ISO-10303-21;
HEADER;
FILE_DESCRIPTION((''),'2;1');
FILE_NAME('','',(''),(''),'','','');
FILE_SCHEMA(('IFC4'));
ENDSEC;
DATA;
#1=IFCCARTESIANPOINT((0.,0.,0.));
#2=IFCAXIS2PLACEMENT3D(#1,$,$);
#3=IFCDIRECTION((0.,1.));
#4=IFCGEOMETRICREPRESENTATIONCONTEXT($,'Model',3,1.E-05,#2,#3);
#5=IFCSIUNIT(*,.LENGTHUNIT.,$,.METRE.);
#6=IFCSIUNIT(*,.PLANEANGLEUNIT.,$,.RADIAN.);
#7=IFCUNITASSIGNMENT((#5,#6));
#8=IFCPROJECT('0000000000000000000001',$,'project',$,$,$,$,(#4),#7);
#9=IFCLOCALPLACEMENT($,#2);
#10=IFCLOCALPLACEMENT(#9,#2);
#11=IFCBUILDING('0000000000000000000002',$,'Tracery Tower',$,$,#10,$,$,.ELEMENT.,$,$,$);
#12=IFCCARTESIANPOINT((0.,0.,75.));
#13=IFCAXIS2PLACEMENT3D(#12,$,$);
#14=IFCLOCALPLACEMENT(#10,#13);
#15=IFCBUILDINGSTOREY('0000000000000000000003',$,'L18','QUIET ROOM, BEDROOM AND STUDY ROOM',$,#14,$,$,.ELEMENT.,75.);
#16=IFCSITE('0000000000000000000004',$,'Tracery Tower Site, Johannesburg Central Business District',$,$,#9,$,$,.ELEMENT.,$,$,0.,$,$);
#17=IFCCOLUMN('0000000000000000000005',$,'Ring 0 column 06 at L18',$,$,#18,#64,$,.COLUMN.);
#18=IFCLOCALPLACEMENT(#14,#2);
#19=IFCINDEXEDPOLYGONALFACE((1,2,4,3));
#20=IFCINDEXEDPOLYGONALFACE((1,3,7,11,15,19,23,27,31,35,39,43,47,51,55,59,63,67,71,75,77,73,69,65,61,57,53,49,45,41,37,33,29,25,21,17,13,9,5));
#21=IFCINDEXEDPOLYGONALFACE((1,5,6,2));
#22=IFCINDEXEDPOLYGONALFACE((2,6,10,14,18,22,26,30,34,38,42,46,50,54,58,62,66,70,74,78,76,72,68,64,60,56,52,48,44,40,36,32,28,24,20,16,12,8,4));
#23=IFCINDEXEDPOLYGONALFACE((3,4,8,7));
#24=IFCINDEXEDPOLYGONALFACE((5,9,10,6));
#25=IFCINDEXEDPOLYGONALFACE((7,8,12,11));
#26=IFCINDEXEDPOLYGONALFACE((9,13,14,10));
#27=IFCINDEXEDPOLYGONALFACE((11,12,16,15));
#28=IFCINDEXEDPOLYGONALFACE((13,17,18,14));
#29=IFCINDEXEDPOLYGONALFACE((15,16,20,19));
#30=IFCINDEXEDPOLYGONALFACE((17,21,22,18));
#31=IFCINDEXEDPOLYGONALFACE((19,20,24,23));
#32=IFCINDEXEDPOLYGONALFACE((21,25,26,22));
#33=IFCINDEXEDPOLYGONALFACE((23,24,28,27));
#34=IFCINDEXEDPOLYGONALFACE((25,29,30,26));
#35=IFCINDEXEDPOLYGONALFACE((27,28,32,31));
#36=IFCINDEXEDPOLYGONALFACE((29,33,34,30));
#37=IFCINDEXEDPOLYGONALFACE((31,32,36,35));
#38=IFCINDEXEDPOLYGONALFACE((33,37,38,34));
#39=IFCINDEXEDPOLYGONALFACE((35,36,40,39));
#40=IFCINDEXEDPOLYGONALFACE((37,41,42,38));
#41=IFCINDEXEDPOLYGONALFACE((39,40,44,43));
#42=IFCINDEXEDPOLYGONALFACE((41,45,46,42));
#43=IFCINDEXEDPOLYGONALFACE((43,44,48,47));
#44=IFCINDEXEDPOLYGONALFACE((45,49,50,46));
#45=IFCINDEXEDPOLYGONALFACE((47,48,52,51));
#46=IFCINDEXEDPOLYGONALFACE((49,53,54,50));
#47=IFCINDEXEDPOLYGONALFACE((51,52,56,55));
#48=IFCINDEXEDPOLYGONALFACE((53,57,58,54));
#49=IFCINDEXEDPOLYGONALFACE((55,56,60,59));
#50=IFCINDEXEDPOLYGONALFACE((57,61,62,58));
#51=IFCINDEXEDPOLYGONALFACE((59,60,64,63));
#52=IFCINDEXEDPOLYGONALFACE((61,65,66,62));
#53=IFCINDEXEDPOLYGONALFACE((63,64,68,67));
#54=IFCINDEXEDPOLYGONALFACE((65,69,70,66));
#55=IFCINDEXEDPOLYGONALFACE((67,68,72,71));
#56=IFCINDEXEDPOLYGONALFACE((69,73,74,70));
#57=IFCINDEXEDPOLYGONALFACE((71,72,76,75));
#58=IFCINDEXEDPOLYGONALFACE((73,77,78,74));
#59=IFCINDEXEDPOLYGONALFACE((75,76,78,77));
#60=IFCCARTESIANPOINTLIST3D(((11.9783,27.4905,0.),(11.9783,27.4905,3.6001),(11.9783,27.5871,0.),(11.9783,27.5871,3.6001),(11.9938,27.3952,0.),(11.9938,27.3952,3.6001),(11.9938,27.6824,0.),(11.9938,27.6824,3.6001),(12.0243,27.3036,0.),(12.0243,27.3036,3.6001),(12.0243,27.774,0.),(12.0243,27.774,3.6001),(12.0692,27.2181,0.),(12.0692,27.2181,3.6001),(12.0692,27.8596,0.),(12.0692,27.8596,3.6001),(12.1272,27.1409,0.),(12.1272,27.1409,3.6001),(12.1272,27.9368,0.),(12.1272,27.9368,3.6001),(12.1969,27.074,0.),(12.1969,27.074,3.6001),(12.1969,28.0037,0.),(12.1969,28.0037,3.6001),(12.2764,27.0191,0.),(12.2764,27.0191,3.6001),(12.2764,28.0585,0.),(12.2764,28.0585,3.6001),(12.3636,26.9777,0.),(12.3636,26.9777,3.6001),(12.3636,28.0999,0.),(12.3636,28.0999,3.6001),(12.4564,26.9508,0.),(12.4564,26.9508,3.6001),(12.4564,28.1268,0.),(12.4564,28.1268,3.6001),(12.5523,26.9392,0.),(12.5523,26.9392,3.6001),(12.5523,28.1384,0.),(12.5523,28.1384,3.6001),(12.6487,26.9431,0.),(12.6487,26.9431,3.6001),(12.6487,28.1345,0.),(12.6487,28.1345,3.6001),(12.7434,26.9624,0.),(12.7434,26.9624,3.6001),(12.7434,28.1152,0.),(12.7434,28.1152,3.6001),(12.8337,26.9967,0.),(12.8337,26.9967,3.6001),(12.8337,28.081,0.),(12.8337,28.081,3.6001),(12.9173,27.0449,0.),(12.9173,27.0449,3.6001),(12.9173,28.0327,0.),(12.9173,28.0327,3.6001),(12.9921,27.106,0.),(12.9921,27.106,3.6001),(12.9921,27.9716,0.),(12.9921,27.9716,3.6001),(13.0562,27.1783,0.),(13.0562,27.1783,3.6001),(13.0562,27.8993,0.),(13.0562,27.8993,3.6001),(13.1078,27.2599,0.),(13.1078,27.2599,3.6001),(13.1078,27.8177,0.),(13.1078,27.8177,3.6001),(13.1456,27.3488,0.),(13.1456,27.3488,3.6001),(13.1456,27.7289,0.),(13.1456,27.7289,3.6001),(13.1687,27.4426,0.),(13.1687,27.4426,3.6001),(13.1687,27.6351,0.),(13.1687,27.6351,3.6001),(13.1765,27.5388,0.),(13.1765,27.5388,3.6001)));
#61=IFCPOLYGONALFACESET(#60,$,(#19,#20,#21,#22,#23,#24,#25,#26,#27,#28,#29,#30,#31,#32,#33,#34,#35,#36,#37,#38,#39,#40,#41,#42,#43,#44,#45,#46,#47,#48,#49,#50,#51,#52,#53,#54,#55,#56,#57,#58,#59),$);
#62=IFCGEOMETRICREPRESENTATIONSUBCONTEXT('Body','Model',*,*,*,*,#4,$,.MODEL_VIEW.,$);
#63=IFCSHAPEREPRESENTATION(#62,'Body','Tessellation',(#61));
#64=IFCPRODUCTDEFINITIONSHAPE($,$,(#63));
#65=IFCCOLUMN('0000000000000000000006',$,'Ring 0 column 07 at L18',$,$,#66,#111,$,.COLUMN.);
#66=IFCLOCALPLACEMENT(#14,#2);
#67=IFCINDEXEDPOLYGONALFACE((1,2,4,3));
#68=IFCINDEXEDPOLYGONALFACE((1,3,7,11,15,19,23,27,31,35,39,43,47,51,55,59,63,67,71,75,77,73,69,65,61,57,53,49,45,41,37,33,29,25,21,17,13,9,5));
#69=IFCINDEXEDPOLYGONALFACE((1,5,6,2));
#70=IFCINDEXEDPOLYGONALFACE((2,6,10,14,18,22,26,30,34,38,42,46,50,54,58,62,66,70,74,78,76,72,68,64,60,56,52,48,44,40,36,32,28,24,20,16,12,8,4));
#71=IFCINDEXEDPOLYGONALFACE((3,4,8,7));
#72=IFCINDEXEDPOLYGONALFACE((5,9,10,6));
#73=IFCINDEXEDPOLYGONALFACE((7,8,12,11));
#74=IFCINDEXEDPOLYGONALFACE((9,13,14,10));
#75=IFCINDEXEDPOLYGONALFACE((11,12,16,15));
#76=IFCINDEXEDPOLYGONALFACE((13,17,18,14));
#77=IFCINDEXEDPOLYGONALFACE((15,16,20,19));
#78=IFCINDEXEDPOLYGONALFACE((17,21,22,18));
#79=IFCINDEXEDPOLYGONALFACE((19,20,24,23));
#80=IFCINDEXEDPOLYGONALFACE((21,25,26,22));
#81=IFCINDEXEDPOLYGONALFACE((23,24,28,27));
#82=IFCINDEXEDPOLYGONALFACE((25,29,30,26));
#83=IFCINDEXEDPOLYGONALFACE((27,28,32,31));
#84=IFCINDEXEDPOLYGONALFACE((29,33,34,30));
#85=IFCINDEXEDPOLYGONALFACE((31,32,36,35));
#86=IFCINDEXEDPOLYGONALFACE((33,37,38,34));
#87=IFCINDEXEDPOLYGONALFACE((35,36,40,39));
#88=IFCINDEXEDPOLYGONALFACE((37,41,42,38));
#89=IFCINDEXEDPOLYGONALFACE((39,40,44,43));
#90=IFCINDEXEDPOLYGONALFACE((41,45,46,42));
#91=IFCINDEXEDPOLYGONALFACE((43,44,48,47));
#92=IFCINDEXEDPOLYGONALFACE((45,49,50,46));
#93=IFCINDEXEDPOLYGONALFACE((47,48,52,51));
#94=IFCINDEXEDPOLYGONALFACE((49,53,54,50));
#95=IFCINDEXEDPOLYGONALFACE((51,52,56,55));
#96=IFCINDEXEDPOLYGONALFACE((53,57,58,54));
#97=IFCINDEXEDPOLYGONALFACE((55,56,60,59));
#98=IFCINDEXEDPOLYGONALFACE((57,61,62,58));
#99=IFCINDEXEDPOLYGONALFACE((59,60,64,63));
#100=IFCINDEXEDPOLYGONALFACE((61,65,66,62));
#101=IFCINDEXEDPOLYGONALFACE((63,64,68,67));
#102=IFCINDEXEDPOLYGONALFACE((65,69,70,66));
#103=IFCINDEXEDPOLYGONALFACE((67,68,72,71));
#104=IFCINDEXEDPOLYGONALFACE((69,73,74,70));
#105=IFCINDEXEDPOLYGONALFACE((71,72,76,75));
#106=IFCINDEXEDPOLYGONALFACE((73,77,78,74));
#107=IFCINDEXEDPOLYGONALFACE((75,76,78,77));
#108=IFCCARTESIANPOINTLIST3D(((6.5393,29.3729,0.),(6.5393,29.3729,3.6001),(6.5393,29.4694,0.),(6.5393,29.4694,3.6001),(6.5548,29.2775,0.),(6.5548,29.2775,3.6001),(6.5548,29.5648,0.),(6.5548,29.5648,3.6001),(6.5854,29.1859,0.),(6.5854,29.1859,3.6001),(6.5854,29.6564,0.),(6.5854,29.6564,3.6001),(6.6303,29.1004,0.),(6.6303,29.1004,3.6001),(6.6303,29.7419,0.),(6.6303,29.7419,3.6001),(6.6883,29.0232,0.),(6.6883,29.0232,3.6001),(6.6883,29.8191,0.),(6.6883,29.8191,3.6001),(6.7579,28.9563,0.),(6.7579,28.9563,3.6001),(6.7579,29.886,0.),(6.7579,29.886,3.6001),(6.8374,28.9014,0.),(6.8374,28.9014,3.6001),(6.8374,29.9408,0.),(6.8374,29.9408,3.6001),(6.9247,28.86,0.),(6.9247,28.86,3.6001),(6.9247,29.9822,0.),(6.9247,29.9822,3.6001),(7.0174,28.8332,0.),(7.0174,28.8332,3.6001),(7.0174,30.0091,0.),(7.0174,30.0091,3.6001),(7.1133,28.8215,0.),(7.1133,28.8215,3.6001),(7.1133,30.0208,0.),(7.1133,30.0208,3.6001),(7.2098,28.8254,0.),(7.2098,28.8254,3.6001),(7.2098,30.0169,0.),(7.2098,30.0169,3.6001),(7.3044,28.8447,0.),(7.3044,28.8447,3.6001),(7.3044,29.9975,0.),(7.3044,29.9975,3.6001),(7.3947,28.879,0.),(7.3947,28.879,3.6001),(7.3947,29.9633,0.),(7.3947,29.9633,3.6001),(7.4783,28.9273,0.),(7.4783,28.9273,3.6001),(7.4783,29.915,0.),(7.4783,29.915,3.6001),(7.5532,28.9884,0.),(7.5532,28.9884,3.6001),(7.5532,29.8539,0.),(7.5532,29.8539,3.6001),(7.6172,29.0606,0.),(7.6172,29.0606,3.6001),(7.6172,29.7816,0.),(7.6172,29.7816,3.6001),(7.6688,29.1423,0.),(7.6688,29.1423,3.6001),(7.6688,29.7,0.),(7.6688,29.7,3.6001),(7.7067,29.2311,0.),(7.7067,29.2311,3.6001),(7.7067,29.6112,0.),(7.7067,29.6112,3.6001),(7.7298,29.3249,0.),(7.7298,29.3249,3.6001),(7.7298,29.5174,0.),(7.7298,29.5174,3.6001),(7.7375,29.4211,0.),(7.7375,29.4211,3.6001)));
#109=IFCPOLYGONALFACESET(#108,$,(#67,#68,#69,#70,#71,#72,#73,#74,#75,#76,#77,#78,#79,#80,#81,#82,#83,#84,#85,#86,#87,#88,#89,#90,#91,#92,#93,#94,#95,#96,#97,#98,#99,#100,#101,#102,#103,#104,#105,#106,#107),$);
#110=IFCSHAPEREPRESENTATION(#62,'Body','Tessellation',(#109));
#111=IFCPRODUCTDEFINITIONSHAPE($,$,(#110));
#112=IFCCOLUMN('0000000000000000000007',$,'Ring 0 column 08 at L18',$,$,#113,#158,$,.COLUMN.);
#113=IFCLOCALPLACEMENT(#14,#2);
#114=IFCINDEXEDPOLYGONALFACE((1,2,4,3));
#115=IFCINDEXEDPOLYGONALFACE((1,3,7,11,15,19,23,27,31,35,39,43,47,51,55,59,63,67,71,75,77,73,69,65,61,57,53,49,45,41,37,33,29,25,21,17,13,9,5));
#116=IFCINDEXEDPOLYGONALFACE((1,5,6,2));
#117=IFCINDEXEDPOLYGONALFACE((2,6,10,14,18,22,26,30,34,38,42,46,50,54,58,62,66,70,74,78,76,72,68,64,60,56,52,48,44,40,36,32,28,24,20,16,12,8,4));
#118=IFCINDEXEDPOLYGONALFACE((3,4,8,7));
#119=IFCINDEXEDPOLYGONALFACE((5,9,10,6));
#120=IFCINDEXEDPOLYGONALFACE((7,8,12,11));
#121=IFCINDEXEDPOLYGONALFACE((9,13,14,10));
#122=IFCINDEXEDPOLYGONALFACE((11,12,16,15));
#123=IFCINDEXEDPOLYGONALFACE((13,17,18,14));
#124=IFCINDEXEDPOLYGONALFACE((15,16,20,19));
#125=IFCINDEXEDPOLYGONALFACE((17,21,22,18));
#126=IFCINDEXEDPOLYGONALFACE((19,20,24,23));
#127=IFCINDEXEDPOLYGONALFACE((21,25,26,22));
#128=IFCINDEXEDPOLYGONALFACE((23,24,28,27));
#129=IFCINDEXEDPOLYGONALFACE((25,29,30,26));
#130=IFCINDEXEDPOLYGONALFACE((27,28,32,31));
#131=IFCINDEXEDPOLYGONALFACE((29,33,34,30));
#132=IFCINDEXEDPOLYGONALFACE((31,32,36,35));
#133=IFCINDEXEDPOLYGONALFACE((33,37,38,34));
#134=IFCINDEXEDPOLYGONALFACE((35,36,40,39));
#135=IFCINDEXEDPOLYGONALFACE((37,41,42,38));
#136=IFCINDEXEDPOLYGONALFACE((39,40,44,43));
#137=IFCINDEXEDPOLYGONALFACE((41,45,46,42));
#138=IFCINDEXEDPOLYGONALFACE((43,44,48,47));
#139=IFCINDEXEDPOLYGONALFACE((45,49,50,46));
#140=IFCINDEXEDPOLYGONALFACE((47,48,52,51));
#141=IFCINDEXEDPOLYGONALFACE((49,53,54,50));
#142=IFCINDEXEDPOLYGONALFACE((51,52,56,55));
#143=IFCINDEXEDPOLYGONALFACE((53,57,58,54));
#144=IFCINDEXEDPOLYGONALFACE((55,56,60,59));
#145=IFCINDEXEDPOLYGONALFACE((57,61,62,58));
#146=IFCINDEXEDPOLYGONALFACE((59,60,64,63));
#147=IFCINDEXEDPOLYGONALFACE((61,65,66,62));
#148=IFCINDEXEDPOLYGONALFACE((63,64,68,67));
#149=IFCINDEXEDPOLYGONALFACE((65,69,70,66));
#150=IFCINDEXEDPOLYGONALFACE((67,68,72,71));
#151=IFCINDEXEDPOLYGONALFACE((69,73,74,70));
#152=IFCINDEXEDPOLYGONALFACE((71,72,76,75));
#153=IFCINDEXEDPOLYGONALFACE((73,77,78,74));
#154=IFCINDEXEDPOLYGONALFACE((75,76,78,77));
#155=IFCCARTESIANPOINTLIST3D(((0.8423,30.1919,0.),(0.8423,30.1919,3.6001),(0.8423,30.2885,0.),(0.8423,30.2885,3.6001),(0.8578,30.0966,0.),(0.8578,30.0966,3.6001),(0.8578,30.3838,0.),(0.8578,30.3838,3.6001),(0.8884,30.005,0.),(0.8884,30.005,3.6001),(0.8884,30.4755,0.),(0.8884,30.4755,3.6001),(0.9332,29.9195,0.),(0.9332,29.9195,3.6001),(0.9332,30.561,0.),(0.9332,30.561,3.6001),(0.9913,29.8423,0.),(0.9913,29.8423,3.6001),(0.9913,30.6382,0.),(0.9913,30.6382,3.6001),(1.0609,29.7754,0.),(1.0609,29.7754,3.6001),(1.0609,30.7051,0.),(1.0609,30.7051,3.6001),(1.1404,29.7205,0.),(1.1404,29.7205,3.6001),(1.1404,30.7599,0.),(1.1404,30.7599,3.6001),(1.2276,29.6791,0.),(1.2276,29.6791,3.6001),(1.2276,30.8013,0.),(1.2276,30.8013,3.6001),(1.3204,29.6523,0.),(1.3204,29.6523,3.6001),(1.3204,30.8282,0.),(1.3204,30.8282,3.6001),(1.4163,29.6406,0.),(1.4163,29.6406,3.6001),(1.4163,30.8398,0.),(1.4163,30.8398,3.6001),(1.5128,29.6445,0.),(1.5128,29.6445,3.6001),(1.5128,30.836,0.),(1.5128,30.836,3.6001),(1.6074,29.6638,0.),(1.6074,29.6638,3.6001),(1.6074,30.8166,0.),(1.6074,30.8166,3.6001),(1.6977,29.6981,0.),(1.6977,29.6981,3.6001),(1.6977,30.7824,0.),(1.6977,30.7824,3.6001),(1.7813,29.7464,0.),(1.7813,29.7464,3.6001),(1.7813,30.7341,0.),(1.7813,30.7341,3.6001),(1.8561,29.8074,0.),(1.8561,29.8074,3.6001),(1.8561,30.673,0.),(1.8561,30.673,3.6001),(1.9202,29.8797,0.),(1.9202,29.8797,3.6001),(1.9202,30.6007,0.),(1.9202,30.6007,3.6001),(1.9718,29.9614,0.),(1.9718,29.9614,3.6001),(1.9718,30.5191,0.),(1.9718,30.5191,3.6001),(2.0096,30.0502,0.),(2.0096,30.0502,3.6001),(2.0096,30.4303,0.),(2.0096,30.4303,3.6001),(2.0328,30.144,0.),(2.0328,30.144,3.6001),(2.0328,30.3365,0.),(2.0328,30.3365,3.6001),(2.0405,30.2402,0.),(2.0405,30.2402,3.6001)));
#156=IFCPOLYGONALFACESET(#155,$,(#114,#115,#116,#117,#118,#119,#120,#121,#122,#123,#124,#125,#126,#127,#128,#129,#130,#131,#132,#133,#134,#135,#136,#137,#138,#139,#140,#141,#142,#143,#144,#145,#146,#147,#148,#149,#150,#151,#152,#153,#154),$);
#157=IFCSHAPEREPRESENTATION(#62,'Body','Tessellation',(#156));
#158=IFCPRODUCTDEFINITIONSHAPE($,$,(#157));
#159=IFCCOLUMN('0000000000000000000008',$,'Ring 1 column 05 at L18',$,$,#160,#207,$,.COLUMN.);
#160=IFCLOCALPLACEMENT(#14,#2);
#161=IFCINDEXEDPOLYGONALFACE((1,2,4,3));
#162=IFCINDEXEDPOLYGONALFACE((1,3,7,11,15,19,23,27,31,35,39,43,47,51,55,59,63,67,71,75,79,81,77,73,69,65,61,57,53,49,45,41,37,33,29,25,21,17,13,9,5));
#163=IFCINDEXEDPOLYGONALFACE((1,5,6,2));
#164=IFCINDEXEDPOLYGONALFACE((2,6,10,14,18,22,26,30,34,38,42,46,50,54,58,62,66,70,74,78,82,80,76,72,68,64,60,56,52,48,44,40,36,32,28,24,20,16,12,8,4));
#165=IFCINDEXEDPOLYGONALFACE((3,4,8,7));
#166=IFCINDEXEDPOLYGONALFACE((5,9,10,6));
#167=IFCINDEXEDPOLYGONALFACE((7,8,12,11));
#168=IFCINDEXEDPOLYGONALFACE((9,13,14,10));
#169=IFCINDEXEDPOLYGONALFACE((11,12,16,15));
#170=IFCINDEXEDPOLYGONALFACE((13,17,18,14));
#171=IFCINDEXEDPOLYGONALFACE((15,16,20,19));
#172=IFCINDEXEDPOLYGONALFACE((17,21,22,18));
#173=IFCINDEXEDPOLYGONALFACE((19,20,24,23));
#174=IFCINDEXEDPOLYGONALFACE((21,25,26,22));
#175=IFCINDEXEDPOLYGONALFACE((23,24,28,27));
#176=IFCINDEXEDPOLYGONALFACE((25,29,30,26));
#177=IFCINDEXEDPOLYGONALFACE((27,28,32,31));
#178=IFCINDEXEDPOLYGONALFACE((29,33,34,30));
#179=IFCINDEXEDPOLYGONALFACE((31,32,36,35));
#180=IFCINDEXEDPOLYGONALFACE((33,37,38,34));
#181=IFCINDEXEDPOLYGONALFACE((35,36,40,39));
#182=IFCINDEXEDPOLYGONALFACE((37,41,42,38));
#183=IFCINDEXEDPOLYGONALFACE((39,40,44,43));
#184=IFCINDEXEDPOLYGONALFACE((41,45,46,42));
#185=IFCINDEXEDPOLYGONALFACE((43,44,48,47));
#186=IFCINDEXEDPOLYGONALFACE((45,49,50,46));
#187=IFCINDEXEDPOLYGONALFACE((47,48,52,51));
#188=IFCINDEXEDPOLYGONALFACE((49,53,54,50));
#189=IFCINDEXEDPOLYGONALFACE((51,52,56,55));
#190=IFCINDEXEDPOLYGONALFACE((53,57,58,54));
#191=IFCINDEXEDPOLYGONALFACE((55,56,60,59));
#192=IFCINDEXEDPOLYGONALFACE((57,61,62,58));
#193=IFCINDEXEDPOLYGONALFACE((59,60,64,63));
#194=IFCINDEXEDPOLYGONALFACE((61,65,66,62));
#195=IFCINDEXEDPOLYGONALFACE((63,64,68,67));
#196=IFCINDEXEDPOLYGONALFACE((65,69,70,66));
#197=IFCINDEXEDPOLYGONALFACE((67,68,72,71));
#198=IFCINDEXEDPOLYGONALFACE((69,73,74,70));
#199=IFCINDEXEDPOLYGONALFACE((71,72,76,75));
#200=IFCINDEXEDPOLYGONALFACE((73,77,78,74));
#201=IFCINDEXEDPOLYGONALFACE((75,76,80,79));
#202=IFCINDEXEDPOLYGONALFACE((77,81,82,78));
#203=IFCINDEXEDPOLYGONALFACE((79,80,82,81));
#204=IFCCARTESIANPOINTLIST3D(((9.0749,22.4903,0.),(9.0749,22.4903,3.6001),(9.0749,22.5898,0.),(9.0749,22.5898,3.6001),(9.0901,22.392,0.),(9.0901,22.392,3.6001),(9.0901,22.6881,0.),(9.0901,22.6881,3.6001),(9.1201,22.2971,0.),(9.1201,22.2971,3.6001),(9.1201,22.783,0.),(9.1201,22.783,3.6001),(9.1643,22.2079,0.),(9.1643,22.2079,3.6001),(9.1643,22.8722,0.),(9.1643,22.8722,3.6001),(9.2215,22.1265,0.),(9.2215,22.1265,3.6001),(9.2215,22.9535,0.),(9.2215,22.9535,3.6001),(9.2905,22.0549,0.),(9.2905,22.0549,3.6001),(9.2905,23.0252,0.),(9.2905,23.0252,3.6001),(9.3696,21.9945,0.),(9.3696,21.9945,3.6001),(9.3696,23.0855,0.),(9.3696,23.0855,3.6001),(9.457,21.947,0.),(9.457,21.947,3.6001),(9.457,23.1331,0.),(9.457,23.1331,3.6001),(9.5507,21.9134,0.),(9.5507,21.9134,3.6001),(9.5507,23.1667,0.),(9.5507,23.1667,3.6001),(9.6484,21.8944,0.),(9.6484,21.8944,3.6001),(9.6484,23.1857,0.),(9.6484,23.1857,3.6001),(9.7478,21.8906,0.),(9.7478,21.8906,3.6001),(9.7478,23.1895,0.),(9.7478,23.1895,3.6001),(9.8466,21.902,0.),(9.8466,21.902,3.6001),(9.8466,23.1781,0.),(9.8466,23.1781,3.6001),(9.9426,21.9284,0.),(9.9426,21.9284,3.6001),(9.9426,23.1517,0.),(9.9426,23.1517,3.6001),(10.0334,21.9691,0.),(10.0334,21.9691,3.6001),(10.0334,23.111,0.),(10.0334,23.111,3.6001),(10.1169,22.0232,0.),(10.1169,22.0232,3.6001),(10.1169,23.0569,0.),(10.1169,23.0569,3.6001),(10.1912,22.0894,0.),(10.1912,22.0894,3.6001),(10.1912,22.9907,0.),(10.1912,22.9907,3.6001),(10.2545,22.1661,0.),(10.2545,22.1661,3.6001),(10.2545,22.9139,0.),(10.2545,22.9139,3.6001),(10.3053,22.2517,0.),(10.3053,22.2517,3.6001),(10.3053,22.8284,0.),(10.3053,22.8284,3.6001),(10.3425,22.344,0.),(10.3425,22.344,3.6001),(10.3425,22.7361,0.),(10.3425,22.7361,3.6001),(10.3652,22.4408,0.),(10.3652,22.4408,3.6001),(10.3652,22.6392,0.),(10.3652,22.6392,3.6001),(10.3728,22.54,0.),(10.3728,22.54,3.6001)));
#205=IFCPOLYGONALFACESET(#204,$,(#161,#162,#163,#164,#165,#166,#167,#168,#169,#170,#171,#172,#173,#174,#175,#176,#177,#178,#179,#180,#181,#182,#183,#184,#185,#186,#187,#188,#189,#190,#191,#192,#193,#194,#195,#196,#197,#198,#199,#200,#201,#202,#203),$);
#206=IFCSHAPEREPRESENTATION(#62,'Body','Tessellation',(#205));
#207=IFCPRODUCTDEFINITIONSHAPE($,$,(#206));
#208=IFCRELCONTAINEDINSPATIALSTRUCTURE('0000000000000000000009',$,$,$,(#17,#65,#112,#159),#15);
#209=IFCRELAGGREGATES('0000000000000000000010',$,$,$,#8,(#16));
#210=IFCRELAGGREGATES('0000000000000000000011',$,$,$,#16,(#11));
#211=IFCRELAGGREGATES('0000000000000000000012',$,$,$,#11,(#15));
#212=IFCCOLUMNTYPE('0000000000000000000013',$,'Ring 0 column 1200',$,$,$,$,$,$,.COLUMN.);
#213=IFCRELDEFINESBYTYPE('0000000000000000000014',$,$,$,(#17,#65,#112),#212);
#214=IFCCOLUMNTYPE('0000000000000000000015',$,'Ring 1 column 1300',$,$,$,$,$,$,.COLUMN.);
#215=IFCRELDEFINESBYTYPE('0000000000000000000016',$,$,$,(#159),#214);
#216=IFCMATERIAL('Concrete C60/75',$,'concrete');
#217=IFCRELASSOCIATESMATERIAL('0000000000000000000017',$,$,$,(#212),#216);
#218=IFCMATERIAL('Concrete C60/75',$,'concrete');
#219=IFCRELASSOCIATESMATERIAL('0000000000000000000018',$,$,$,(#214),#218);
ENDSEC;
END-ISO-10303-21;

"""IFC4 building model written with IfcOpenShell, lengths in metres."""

from ifc_helpers import new_model, si_unit, direction, frame, origin, origin_2d, place, context, subcontext, project, spatial, circle, extrude, material, material_profile, profile_set, type_object, element, save


model = new_model("IFC4")

# Units and contexts
model_context = context("Model", 3, precision=1e-05, world=origin(), true_north=direction((0.0, 1.0)))
body_context = subcontext(model_context, "Body", "Model", "MODEL_VIEW")
ifc_project = project(units=[si_unit("LENGTHUNIT", "METRE"), si_unit("PLANEANGLEUNIT", "RADIAN")], contexts=[model_context])

# Site, building, storey
site_placement = place(None, origin())
site = spatial("IfcSite", under=ifc_project, at=site_placement, Name="Tracery Tower Site, Johannesburg Central Business District", CompositionType="ELEMENT", RefElevation=0.0)
building_placement = place(site_placement, origin())
building = spatial("IfcBuilding", under=site, at=building_placement, Name="Tracery Tower", CompositionType="ELEMENT")
storey_placement = place(building_placement, frame((0.0, 0.0, 75.0)))
storey = spatial("IfcBuildingStorey", under=building, at=storey_placement, Name="L18", Description="QUIET ROOM, BEDROOM AND STUDY ROOM", CompositionType="ELEMENT", Elevation=75.0)

# Columns
ifc_material_1 = material(Name="Concrete C60/75", Category="concrete")
ifc_material_profile_1 = material_profile(ifc_material_1, circle(Radius=0.6001, at=origin_2d()), Name="RC D1200")
ifc_profile_set_1 = profile_set([ifc_material_profile_1], Name="Concrete C60/75")
column_type_1 = type_object("IfcColumnType", Name="Ring 0 column 1200", PredefinedType="COLUMN", material=ifc_profile_set_1)
for number, where, z_axis, x_axis, name in (
    (1, (12.5764, 27.5388, 0.0), (0.0, 0.0, 1.0), (1.0, 0.0, 0.0), "Ring 0 column 06 at L18"),
    (2, (7.1375, 29.4211, 0.0), (0.0, 0.0, 1.0), (1.0, 0.0, 0.0), "Ring 0 column 07 at L18"),
    (3, (1.4404, 30.2402, 0.0), (0.0, 0.0, 1.0), (1.0, 0.0, 0.0), "Ring 0 column 08 at L18"),
):
    element("IfcColumn", number, at=place(storey_placement, frame(where, z_axis=z_axis, x_axis=x_axis)), inside=storey, type_object=column_type_1, Name=name, PredefinedType="COLUMN", context=body_context, shape_type="SweptSolid", body=[
        extrude(circle(Radius=0.6001, at=origin_2d()), origin(), (0.0, 0.0, 1.0), 3.6001),
    ])
ifc_material_2 = material(Name="Concrete C60/75", Category="concrete")
ifc_material_profile_2 = material_profile(ifc_material_2, circle(Radius=0.6499, at=origin_2d()), Name="RC D1300")
ifc_profile_set_2 = profile_set([ifc_material_profile_2], Name="Concrete C60/75")
column_type_2 = type_object("IfcColumnType", Name="Ring 1 column 1300", PredefinedType="COLUMN", material=ifc_profile_set_2)
for number, where, z_axis, x_axis, name in (
    (4, (9.7229, 22.54, 0.0), (0.0, 0.0, 1.0), (1.0, 0.0, 0.0), "Ring 1 column 05 at L18"),
):
    element("IfcColumn", number, at=place(storey_placement, frame(where, z_axis=z_axis, x_axis=x_axis)), inside=storey, type_object=column_type_2, Name=name, PredefinedType="COLUMN", context=body_context, shape_type="SweptSolid", body=[
        extrude(circle(Radius=0.6499, at=origin_2d()), origin(), (0.0, 0.0, 1.0), 3.6001),
    ])

save(model, "model.ifc")
